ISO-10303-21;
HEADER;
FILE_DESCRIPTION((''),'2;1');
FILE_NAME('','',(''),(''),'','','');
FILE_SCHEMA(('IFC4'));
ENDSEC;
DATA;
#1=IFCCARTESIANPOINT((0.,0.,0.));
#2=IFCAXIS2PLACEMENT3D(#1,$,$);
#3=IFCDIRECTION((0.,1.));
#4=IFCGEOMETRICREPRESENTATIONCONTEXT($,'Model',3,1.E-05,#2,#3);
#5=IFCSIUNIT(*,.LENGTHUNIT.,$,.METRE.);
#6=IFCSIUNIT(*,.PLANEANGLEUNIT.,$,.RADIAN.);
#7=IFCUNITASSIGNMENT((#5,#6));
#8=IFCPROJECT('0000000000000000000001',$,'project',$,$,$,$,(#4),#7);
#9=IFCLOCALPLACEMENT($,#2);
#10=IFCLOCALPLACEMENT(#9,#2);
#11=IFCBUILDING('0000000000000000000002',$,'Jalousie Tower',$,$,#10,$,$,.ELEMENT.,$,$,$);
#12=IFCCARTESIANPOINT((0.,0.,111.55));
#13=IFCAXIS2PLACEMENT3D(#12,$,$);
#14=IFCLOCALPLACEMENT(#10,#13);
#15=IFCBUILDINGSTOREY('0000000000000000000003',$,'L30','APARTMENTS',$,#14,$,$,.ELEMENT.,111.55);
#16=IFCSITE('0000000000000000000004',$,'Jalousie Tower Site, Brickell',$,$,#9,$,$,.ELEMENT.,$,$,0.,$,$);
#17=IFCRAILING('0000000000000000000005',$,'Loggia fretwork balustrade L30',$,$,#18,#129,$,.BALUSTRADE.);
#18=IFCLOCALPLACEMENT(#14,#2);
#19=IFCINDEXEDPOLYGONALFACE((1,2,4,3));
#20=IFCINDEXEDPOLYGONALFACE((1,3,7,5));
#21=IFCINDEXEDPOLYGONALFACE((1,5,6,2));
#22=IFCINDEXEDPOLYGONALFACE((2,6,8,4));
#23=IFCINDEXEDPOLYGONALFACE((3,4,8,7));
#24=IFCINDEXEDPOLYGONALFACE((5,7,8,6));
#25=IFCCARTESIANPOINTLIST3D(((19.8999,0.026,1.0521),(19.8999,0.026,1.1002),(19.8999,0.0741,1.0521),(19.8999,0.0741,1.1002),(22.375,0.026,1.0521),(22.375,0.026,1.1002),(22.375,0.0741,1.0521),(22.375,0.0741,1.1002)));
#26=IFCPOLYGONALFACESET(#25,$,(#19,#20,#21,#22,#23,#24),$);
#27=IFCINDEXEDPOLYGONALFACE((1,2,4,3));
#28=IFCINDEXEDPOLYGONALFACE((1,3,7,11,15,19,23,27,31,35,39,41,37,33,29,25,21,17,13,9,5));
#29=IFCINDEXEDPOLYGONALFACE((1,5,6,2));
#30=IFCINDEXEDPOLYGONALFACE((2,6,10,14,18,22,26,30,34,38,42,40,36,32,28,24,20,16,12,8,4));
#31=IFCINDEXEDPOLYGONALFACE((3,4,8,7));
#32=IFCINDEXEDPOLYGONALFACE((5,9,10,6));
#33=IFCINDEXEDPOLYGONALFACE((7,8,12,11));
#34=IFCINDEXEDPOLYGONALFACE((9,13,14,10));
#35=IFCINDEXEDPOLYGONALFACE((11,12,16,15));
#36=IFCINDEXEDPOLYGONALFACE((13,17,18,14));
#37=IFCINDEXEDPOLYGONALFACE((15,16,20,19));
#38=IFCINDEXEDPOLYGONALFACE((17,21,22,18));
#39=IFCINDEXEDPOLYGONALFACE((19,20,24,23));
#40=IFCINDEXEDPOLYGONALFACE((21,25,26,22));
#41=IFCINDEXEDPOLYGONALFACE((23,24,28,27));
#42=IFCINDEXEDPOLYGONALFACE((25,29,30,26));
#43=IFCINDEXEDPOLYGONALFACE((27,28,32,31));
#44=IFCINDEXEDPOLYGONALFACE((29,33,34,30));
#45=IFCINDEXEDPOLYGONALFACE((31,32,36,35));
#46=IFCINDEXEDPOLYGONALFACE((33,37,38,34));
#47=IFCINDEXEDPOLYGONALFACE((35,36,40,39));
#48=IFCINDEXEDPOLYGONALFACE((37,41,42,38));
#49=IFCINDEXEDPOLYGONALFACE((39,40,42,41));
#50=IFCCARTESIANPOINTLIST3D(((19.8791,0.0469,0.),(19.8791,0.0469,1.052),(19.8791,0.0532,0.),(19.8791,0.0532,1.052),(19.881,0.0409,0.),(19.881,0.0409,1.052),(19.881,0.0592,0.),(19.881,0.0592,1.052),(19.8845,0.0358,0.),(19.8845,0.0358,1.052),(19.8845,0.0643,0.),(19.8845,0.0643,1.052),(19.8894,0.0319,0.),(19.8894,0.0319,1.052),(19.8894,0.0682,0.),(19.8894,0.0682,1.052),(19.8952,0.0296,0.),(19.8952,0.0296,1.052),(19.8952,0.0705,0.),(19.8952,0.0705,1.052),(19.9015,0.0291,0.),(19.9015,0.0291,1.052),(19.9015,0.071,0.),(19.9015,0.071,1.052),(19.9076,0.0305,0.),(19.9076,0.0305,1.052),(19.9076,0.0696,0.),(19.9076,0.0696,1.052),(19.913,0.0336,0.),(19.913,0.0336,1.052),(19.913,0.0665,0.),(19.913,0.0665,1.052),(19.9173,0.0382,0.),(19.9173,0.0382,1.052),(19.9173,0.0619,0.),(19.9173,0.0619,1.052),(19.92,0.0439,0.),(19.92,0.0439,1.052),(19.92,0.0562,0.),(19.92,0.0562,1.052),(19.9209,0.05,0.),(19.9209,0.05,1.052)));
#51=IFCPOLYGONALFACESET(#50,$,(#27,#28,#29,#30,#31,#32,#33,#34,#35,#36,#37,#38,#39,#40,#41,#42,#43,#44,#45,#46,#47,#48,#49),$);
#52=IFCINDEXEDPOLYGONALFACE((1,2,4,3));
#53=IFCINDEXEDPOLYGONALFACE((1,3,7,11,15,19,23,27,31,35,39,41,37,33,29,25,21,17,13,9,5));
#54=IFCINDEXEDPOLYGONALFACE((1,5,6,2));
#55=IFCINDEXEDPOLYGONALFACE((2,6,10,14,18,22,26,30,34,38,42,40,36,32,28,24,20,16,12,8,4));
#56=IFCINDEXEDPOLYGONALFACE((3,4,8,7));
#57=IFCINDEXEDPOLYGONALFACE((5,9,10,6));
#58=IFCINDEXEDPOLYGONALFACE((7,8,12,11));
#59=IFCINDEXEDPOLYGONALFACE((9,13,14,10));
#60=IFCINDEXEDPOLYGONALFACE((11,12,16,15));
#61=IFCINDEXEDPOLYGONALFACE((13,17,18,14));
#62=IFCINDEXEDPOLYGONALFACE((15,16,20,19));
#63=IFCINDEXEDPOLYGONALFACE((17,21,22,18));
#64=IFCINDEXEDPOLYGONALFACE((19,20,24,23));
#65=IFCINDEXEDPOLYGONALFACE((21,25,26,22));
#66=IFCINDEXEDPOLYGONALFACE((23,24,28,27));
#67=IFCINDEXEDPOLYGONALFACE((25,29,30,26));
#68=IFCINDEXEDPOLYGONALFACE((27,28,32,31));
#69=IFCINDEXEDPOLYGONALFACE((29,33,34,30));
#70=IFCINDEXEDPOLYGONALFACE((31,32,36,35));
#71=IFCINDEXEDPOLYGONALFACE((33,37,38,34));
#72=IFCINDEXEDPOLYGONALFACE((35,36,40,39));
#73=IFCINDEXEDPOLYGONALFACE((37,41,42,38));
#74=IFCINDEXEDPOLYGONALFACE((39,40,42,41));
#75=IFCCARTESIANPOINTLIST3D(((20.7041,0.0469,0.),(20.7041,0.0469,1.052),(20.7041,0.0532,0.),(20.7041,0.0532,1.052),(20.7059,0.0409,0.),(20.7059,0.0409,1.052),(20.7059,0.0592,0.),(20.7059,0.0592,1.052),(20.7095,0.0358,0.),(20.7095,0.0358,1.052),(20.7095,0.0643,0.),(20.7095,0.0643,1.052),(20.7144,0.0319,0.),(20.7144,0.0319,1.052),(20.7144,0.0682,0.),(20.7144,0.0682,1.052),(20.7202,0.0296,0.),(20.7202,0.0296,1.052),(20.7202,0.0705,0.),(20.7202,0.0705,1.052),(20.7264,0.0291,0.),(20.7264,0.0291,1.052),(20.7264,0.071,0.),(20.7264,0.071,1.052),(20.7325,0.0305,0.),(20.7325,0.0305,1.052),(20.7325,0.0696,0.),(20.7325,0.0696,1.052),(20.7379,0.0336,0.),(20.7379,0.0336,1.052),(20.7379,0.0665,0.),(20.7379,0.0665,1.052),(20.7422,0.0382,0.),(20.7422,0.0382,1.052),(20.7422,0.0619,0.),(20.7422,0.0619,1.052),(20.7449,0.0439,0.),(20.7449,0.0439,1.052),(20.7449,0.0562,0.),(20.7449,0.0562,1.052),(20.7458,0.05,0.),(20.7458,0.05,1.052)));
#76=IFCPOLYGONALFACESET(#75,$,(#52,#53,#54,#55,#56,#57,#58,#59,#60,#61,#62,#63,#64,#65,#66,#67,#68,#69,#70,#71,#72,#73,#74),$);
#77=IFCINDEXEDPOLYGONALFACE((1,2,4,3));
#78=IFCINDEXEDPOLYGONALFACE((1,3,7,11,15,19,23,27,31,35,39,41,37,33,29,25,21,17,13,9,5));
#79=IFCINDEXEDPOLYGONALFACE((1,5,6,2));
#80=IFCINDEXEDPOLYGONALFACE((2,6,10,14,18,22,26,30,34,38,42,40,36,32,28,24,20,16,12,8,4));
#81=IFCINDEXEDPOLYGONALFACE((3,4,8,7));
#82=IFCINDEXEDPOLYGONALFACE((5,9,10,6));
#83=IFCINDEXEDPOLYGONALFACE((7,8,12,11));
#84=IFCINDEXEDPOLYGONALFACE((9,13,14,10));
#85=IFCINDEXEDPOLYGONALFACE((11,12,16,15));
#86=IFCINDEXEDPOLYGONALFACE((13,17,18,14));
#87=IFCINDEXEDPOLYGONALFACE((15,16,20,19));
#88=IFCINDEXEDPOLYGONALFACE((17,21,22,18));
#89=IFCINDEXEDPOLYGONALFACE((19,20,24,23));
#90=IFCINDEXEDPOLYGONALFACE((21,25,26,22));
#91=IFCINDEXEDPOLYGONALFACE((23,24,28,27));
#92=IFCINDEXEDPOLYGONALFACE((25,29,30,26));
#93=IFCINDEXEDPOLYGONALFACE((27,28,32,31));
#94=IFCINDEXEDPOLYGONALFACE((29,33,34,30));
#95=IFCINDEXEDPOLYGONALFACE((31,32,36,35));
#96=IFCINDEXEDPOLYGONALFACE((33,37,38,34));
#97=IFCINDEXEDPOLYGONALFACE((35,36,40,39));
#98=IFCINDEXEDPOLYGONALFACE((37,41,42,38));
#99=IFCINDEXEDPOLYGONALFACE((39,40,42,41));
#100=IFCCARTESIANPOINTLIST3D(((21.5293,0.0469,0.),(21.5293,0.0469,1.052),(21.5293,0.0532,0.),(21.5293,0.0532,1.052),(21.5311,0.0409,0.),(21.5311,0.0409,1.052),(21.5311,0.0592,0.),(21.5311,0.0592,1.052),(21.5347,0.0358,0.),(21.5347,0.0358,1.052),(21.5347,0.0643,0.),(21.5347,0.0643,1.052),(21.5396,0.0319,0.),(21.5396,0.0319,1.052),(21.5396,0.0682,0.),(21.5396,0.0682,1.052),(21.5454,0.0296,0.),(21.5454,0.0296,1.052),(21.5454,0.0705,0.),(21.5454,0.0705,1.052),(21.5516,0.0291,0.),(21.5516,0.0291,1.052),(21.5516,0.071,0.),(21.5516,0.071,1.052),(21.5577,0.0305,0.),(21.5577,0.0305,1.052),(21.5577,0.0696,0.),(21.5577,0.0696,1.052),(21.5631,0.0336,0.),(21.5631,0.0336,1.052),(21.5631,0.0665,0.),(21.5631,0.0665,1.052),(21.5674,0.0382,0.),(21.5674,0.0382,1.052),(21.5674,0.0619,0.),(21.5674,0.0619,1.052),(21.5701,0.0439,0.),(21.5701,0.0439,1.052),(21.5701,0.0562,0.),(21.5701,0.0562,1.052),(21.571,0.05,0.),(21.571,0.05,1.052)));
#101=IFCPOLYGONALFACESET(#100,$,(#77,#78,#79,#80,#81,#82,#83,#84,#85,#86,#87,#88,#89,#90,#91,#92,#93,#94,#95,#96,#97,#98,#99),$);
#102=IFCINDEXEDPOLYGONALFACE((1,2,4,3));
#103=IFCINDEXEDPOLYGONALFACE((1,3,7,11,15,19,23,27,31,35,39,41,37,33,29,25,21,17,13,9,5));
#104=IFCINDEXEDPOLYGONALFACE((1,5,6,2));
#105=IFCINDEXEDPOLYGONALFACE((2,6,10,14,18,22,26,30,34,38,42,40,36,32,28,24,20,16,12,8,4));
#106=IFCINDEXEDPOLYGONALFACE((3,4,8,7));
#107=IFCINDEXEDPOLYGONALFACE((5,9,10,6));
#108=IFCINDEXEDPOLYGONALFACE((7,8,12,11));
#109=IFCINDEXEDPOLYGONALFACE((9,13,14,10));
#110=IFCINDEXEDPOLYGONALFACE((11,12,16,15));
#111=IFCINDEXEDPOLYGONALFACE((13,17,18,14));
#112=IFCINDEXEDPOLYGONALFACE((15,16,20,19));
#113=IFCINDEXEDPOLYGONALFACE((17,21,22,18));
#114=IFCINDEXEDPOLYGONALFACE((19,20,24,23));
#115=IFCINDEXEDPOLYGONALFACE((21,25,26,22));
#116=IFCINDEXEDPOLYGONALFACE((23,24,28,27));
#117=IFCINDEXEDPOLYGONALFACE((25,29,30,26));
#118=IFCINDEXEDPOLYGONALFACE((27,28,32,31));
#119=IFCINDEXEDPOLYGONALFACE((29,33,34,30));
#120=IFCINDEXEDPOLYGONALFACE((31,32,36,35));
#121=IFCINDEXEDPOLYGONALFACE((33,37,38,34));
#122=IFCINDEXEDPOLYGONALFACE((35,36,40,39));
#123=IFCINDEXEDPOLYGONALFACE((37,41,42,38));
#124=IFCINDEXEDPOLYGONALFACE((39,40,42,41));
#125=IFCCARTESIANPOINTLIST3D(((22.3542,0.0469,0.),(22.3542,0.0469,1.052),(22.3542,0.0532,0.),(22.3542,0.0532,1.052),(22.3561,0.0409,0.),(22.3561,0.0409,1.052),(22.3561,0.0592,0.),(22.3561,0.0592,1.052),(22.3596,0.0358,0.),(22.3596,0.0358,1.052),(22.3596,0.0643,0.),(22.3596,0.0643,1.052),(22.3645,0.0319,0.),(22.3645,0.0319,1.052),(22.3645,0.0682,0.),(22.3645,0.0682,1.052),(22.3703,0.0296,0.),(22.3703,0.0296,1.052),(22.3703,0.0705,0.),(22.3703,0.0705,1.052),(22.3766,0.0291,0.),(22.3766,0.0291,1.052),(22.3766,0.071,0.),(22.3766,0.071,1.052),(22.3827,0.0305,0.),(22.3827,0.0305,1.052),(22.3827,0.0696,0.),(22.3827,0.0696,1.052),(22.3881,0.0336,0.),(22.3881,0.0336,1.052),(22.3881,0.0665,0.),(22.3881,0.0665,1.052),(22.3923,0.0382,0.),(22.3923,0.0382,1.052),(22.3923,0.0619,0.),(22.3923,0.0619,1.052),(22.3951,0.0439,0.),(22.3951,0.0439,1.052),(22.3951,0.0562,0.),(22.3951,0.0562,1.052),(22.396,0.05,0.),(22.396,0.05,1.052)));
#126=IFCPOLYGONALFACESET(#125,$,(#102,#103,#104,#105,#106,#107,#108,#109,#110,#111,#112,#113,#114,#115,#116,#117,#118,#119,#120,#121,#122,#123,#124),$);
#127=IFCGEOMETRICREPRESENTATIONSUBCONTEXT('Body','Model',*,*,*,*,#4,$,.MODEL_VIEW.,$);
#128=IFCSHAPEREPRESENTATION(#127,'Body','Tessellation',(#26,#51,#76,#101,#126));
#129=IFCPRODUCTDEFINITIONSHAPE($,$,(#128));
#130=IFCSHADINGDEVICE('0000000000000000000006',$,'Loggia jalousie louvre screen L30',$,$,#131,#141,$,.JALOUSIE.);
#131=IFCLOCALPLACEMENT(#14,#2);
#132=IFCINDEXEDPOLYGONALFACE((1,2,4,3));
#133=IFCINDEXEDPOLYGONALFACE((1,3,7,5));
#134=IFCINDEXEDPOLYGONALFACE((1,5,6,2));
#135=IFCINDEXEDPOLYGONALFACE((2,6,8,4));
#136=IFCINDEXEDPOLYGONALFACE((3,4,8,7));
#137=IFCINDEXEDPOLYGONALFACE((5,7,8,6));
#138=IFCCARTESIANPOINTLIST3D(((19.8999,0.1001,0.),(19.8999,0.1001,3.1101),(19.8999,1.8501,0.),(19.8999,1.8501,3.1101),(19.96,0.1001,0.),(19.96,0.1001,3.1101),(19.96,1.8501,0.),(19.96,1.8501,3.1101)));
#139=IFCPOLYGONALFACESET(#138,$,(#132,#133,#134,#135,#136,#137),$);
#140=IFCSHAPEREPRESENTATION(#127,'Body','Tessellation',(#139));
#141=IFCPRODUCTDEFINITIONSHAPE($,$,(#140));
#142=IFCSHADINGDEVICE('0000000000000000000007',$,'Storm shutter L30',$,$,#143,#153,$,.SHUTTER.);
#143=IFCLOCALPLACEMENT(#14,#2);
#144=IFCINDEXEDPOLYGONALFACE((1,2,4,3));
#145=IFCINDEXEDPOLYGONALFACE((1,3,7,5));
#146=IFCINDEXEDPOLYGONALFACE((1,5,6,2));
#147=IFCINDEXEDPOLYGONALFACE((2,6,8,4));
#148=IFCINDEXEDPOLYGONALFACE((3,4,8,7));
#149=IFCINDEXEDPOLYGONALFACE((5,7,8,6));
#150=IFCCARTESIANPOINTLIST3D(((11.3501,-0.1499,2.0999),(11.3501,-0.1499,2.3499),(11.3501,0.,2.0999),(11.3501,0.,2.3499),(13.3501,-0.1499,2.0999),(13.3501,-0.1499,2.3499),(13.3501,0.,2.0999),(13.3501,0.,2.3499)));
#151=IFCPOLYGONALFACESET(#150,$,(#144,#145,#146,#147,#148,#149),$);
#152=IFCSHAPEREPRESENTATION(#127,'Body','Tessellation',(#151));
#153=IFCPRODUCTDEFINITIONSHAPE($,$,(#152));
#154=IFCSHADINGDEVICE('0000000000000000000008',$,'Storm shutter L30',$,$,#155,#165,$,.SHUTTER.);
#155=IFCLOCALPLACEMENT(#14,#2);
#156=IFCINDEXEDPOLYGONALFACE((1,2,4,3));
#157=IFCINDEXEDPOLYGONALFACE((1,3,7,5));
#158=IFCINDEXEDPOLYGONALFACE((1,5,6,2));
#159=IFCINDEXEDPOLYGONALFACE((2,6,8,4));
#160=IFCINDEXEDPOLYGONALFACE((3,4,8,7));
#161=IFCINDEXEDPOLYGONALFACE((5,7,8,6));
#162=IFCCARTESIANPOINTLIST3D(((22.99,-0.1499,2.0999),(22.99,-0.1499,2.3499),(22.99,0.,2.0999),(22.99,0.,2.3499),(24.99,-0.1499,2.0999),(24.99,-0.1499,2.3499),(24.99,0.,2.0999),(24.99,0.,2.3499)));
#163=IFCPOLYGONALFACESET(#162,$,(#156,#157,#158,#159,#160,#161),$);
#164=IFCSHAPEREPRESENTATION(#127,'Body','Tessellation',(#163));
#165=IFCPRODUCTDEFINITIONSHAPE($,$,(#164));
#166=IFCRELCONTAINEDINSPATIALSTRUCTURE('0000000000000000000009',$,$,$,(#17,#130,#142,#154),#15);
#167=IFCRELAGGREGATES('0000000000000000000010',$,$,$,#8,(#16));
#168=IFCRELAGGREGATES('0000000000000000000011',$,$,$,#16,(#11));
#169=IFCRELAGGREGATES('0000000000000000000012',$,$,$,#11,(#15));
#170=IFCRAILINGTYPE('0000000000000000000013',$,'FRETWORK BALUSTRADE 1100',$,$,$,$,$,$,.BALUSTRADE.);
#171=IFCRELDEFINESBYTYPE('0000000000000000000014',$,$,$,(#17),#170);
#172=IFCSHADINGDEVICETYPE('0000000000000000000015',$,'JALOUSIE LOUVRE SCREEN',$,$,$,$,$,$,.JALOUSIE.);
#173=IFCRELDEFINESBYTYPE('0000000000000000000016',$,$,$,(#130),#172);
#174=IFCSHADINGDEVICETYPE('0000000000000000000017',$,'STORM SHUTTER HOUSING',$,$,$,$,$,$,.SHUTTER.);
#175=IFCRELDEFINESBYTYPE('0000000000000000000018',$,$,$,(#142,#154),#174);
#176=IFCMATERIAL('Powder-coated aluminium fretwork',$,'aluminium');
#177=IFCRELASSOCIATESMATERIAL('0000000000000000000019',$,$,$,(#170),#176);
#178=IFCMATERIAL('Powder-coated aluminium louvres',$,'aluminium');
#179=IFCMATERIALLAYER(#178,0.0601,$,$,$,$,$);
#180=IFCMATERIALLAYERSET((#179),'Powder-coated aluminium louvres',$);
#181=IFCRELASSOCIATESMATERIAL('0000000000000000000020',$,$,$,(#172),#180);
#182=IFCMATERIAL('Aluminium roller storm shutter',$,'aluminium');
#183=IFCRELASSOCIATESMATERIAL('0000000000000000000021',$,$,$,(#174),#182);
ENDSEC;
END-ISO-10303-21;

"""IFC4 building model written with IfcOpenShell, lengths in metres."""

from ifc_helpers import new_model, si_unit, direction, frame, origin, origin_2d, place, context, subcontext, project, spatial, rectangle, circle, extrude, material, layer, layer_set, type_object, element, save


model = new_model("IFC4")

# Units and contexts
model_context = context("Model", 3, precision=1e-05, world=origin(), true_north=direction((0.0, 1.0)))
body_context = subcontext(model_context, "Body", "Model", "MODEL_VIEW")
ifc_project = project(units=[si_unit("LENGTHUNIT", "METRE"), si_unit("PLANEANGLEUNIT", "RADIAN")], contexts=[model_context])

# Site, building, storey
site_placement = place(None, origin())
site = spatial("IfcSite", under=ifc_project, at=site_placement, Name="Jalousie Tower Site, Brickell", CompositionType="ELEMENT", RefElevation=0.0)
building_placement = place(site_placement, origin())
building = spatial("IfcBuilding", under=site, at=building_placement, Name="Jalousie Tower", CompositionType="ELEMENT")
storey_placement = place(building_placement, frame((0.0, 0.0, 111.55)))
storey = spatial("IfcBuildingStorey", under=building, at=storey_placement, Name="L30", Description="APARTMENTS", CompositionType="ELEMENT", Elevation=111.55)

# Railing
ifc_material_1 = material(Name="Powder-coated aluminium fretwork", Category="aluminium")
railing_type = type_object("IfcRailingType", Name="FRETWORK BALUSTRADE 1100", PredefinedType="BALUSTRADE", material=ifc_material_1)
railing_placement = place(storey_placement, frame((19.8999, 0.05, 0.0)))
element("IfcRailing", 1, at=railing_placement, inside=storey, type_object=railing_type, Name="Loggia fretwork balustrade L30", PredefinedType="BALUSTRADE", context=body_context, shape_type="SweptSolid", body=[
    extrude(rectangle(XDim=0.0481, YDim=0.0481, at=origin_2d()), frame((0.0, 0.0, 1.0762), z_axis=(1.0, 0.0, 0.0), x_axis=(0.0, 1.0, 0.0)), (0.0, 0.0, 1.0), 2.4751),
    extrude(circle(Radius=0.021, at=origin_2d()), origin(), (0.0, 0.0, 1.0), 1.052),
    extrude(circle(Radius=0.021, at=origin_2d()), frame((0.825, 0.0, 0.0)), (0.0, 0.0, 1.0), 1.052),
    extrude(circle(Radius=0.021, at=origin_2d()), frame((1.6501, 0.0, 0.0)), (0.0, 0.0, 1.0), 1.052),
    extrude(circle(Radius=0.021, at=origin_2d()), frame((2.4751, 0.0, 0.0)), (0.0, 0.0, 1.0), 1.052),
])

# Shading devices
ifc_material_2 = material(Name="Powder-coated aluminium louvres", Category="aluminium")
ifc_layer_1 = layer(ifc_material_2, 0.0601)
ifc_layer_set_1 = layer_set([ifc_layer_1], Name="Powder-coated aluminium louvres")
shading_device_type_1 = type_object("IfcShadingDeviceType", Name="JALOUSIE LOUVRE SCREEN", PredefinedType="JALOUSIE", material=ifc_layer_set_1)
shading_device_placement = place(storey_placement, frame((19.9299, 0.9751, 0.0), z_axis=(0.0, 0.0, 1.0), x_axis=(1.0, 0.0, 0.0)))
element("IfcShadingDevice", 2, at=shading_device_placement, inside=storey, type_object=shading_device_type_1, Name="Loggia jalousie louvre screen L30", PredefinedType="JALOUSIE", context=body_context, shape_type="SweptSolid", body=[
    extrude(rectangle(XDim=0.0601, YDim=1.75, at=origin_2d()), origin(), (0.0, 0.0, 1.0), 3.1101),
])
ifc_material_3 = material(Name="Aluminium roller storm shutter", Category="aluminium")
shading_device_type_2 = type_object("IfcShadingDeviceType", Name="STORM SHUTTER HOUSING", PredefinedType="SHUTTER", material=ifc_material_3)
for number, where, z_axis, x_axis, name in (
    (3, (12.3501, -0.075, 2.0999), (0.0, 0.0, 1.0), (1.0, 0.0, 0.0), "Storm shutter L30"),
    (4, (23.99, -0.075, 2.0999), (0.0, 0.0, 1.0), (1.0, 0.0, 0.0), "Storm shutter L30"),
):
    element("IfcShadingDevice", number, at=place(storey_placement, frame(where, z_axis=z_axis, x_axis=x_axis)), inside=storey, type_object=shading_device_type_2, Name=name, PredefinedType="SHUTTER", context=body_context, shape_type="SweptSolid", body=[
        extrude(rectangle(XDim=2.0, YDim=0.1499, at=origin_2d()), origin(), (0.0, 0.0, 1.0), 0.25),
    ])

save(model, "model.ifc")
